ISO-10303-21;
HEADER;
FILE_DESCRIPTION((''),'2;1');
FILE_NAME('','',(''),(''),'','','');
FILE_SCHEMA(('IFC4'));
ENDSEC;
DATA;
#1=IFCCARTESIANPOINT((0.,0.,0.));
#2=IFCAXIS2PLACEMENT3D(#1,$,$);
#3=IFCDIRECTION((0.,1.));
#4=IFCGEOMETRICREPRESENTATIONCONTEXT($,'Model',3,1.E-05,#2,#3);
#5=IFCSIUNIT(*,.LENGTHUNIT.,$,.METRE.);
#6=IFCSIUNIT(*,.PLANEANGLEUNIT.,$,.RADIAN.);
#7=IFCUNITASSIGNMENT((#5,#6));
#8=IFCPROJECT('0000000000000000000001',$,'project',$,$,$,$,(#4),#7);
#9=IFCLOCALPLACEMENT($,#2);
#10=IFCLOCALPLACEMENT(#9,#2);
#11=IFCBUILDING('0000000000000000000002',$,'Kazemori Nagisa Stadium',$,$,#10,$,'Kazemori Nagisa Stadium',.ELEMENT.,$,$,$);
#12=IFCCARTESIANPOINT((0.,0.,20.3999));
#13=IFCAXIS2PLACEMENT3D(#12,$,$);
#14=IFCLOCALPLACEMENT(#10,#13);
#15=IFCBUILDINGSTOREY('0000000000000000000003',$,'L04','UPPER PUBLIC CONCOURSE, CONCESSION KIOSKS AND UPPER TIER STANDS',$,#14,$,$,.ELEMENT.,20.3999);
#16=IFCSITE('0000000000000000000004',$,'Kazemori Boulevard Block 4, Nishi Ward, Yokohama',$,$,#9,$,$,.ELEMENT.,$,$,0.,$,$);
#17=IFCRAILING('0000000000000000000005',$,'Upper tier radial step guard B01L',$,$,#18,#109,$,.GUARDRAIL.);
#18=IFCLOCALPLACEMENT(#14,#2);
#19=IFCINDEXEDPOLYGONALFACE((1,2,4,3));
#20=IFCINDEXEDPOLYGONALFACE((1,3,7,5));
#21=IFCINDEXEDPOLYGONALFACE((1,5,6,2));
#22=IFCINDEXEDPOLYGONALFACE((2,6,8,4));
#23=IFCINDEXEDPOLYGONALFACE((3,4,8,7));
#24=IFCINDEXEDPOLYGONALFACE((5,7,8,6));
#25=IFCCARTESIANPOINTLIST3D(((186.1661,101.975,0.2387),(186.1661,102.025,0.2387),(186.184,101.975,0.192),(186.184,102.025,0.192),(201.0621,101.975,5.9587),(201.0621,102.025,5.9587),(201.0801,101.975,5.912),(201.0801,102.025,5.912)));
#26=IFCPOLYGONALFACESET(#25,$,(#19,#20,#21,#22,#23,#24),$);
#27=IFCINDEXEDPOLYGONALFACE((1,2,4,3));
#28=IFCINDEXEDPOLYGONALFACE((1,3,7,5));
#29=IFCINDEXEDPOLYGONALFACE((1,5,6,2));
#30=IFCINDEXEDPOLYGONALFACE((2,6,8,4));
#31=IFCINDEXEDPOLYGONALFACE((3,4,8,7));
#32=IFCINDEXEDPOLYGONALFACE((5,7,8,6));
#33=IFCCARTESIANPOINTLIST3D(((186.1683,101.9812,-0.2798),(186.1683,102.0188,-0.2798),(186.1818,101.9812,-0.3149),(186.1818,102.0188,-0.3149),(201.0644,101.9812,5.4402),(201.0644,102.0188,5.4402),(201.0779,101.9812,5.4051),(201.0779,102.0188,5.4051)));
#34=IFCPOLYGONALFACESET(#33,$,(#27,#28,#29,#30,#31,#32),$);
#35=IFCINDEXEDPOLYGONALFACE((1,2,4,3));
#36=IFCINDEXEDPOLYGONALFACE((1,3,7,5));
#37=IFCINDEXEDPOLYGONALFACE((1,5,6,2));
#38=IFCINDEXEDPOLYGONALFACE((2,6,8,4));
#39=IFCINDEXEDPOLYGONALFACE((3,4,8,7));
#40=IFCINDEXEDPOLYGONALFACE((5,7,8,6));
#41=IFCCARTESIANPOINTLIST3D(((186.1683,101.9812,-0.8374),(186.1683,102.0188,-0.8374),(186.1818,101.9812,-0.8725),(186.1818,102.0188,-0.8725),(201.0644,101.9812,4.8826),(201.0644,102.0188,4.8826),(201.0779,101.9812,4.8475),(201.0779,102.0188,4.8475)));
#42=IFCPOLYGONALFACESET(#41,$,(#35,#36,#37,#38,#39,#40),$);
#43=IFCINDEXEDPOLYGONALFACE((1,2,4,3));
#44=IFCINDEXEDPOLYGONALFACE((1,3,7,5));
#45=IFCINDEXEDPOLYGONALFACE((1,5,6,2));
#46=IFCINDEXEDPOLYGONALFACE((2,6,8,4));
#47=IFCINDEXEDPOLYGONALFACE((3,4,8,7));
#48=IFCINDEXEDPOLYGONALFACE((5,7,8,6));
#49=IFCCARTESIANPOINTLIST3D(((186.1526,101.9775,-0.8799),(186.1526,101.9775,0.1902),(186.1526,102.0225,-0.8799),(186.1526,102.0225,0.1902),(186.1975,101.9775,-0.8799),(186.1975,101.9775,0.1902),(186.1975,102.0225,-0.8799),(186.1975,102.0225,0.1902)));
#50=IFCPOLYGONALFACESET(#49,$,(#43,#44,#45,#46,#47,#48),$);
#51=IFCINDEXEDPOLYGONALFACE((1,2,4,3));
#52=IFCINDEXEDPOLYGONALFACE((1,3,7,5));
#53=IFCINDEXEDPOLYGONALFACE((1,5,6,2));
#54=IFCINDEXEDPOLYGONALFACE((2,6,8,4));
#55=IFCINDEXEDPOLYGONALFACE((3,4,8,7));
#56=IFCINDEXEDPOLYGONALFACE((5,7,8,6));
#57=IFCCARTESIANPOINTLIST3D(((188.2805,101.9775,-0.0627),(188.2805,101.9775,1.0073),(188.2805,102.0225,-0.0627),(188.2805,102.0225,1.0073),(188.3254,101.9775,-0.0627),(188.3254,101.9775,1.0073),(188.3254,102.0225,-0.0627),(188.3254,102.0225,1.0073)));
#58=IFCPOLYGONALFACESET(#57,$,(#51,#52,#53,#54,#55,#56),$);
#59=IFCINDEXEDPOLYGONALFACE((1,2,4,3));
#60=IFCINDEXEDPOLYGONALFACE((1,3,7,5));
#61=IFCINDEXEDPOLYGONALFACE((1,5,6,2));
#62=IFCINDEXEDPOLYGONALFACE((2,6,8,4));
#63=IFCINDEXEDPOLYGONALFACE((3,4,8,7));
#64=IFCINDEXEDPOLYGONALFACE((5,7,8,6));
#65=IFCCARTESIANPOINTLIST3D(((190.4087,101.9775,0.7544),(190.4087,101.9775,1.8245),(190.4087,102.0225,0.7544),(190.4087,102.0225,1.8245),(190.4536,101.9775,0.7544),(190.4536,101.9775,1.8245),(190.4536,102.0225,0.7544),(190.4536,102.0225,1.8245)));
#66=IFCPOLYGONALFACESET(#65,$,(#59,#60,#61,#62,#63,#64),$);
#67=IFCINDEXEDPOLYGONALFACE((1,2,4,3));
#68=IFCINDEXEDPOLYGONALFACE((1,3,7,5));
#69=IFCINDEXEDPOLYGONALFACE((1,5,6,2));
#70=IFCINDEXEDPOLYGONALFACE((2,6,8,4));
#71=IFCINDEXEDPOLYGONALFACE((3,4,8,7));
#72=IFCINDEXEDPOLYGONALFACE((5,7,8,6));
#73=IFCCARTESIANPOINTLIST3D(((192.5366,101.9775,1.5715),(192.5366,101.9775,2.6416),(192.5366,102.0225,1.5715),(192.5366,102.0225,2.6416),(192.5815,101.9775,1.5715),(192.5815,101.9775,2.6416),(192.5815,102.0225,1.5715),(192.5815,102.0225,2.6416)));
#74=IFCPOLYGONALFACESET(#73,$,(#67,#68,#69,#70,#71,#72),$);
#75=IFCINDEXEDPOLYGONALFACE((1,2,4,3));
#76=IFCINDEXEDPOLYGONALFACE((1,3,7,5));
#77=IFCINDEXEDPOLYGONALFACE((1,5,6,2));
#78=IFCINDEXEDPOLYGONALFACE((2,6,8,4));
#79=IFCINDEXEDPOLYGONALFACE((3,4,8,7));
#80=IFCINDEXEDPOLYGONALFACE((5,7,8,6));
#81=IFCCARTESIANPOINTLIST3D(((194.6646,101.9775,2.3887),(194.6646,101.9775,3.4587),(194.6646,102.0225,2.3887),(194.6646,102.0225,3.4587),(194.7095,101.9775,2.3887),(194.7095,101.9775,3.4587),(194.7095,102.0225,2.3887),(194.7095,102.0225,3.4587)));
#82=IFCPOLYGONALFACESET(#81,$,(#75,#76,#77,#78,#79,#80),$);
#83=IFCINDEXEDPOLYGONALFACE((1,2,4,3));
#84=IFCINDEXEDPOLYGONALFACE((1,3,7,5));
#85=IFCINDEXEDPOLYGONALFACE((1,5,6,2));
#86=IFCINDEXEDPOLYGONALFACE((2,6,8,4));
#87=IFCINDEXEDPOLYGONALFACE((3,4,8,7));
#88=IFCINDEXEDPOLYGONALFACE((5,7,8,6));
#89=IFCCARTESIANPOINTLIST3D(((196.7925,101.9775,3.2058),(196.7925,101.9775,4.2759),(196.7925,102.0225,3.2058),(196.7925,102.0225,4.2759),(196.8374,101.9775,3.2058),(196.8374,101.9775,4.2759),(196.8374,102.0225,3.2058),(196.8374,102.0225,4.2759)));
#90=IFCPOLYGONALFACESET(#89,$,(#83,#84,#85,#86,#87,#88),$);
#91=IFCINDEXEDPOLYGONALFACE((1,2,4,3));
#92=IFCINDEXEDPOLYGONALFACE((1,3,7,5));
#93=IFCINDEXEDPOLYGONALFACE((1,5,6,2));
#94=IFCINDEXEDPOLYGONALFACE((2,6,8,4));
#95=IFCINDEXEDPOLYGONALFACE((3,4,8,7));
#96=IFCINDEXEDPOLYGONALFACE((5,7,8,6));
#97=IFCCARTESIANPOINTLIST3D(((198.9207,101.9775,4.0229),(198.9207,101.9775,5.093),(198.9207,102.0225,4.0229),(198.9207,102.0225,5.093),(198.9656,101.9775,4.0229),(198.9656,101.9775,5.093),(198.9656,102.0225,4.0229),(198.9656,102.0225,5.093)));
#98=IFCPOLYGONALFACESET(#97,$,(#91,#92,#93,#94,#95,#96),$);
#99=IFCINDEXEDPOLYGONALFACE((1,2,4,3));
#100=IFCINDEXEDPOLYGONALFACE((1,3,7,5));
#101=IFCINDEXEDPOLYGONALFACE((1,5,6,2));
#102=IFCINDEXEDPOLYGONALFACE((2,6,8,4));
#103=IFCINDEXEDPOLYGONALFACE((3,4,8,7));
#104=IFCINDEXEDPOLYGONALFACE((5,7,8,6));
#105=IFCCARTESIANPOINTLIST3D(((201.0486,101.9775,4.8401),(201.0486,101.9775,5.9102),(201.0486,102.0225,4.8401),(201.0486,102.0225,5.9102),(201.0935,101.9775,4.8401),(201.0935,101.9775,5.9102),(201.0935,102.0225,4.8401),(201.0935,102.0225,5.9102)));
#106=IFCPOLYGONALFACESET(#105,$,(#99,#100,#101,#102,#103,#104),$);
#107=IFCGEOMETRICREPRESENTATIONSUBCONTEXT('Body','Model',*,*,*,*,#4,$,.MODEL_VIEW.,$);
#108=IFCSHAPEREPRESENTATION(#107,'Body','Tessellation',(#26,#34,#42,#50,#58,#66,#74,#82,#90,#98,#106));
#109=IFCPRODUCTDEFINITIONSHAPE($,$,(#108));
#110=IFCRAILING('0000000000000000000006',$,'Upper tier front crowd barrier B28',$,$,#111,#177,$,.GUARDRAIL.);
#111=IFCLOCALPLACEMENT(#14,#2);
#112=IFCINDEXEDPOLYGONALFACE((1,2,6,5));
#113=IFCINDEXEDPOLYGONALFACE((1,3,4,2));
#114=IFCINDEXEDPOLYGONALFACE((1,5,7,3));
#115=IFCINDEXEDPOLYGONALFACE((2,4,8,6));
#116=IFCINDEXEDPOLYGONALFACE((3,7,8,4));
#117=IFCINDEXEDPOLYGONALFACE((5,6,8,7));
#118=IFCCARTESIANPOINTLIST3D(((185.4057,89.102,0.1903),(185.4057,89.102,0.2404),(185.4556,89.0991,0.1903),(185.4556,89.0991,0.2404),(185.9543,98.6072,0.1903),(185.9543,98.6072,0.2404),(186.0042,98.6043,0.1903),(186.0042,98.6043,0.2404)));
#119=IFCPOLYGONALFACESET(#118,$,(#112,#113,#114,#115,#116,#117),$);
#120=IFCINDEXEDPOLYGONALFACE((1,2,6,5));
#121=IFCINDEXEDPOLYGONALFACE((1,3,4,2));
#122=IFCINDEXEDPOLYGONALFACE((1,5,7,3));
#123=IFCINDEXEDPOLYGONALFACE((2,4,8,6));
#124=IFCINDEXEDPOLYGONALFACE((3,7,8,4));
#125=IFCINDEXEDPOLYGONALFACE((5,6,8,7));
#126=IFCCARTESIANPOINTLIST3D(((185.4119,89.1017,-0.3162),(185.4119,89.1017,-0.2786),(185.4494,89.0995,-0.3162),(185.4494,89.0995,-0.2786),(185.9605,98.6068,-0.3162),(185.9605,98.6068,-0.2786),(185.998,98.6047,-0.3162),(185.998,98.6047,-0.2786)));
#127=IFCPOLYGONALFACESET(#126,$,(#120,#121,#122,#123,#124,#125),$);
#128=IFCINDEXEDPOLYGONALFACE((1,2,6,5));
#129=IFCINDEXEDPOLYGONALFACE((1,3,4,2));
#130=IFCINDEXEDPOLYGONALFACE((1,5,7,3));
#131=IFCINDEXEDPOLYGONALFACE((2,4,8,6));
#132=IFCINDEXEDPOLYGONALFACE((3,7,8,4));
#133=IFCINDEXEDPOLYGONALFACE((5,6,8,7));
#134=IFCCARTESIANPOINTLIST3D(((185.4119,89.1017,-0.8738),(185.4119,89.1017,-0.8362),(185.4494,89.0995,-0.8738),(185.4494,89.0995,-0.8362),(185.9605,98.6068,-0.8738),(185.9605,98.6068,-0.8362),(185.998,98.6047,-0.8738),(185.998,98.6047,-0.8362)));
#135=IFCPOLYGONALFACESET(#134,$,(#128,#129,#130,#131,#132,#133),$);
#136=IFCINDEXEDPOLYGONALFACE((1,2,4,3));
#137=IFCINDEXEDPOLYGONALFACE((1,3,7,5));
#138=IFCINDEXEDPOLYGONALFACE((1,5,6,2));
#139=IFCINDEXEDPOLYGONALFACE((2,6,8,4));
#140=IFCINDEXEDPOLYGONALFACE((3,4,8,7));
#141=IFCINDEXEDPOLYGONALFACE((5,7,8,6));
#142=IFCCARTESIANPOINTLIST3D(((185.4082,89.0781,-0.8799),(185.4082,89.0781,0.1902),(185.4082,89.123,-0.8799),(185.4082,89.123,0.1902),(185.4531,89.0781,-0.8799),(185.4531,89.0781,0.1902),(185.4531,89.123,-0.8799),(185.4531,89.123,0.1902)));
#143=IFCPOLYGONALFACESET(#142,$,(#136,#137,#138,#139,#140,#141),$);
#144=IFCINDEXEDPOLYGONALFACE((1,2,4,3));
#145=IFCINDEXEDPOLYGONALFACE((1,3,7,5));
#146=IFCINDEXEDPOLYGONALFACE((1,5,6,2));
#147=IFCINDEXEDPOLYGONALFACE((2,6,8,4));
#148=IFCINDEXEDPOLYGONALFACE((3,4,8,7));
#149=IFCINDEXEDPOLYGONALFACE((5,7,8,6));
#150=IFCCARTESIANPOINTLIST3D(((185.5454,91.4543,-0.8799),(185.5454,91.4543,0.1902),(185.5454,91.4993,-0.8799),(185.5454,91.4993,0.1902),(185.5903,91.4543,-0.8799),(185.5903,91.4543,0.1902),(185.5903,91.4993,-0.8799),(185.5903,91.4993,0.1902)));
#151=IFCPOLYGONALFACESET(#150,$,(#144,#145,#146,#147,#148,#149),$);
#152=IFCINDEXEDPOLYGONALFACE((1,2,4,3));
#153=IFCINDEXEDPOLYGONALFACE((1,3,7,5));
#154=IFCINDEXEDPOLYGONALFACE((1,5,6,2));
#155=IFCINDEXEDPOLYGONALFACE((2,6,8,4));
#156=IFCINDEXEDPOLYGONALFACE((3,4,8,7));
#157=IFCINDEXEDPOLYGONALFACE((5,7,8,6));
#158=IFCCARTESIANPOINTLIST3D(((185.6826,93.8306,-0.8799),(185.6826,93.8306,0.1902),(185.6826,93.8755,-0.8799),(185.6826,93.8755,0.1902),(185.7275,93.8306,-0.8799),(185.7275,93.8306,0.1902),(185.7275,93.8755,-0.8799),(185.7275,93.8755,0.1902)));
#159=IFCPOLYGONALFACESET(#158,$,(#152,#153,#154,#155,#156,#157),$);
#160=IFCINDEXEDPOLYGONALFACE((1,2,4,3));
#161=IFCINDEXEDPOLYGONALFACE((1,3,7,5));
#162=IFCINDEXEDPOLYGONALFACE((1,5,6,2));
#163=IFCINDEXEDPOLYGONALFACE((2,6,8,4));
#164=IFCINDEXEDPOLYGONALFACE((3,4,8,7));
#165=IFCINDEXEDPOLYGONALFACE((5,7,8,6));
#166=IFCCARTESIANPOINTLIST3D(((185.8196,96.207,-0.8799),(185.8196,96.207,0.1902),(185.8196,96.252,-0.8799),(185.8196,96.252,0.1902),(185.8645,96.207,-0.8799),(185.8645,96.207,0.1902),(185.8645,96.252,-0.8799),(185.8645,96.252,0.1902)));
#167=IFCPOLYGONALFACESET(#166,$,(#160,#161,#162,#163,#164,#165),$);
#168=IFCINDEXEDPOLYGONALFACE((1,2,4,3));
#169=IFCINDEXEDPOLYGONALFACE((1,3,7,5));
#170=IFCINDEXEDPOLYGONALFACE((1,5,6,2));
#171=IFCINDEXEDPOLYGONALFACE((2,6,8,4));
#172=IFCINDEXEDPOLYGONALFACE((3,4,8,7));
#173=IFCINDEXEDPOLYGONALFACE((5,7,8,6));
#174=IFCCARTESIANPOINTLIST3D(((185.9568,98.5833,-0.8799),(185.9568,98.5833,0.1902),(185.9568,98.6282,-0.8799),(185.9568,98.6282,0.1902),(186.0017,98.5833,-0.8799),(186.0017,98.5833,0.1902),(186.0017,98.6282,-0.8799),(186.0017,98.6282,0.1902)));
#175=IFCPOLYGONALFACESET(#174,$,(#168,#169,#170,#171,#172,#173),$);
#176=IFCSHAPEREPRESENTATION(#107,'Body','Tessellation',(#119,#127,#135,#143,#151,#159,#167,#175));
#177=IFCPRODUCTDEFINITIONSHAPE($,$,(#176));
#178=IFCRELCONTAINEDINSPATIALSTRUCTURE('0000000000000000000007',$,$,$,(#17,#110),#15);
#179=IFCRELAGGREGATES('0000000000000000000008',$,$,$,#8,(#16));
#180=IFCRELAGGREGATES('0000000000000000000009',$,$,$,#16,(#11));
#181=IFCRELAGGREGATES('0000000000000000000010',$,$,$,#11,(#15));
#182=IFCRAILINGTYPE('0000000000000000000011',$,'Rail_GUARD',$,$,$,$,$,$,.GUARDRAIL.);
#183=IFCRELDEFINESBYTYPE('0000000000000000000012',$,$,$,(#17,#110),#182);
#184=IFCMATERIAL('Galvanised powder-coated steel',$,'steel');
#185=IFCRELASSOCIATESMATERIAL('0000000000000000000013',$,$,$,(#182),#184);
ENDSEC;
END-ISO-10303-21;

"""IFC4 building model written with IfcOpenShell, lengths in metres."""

from ifc_helpers import new_model, si_unit, direction, frame, origin, origin_2d, place, context, subcontext, project, spatial, rectangle, extrude, material, type_object, element, save


model = new_model("IFC4")

# Units and contexts
model_context = context("Model", 3, precision=1e-05, world=origin(), true_north=direction((0.0, 1.0)))
body_context = subcontext(model_context, "Body", "Model", "MODEL_VIEW")
ifc_project = project(units=[si_unit("LENGTHUNIT", "METRE"), si_unit("PLANEANGLEUNIT", "RADIAN")], contexts=[model_context])

# Site, building, storey
site_placement = place(None, origin())
site = spatial("IfcSite", under=ifc_project, at=site_placement, Name="Kazemori Boulevard Block 4, Nishi Ward, Yokohama", CompositionType="ELEMENT", RefElevation=0.0)
building_placement = place(site_placement, origin())
building = spatial("IfcBuilding", under=site, at=building_placement, Name="Kazemori Nagisa Stadium", LongName="Kazemori Nagisa Stadium", CompositionType="ELEMENT")
storey_placement = place(building_placement, frame((0.0, 0.0, 20.3999)))
storey = spatial("IfcBuildingStorey", under=building, at=storey_placement, Name="L04", Description="UPPER PUBLIC CONCOURSE, CONCESSION KIOSKS AND UPPER TIER STANDS", CompositionType="ELEMENT", Elevation=20.3999)

# Railings
ifc_material_1 = material(Name="Galvanised powder-coated steel", Category="steel")
railing_type = type_object("IfcRailingType", Name="Rail_GUARD", PredefinedType="GUARDRAIL", material=ifc_material_1)
railing_1_placement = place(storey_placement, frame((186.175, 102.0, -0.8799)))
element("IfcRailing", 1, at=railing_1_placement, inside=storey, type_object=railing_type, Name="Upper tier radial step guard B01L", PredefinedType="GUARDRAIL", context=body_context, shape_type="SweptSolid", body=[
    extrude(rectangle(XDim=0.05, YDim=0.05, at=origin_2d()), frame((0.0, 0.0, 1.0952), z_axis=(0.93354, 0.0, 0.358474), x_axis=(0.0, 1.0, 0.0)), (0.0, 0.0, 1.0), 15.9565),
    extrude(rectangle(XDim=0.0376, YDim=0.0376, at=origin_2d()), frame((0.0, 0.0, 0.5825), z_axis=(0.93354, 0.0, 0.358474), x_axis=(0.0, 1.0, 0.0)), (0.0, 0.0, 1.0), 15.9565),
    extrude(rectangle(XDim=0.0376, YDim=0.0376, at=origin_2d()), frame((0.0, 0.0, 0.0249), z_axis=(0.93354, 0.0, 0.358474), x_axis=(0.0, 1.0, 0.0)), (0.0, 0.0, 1.0), 15.9565),
    extrude(rectangle(XDim=0.0449, YDim=0.0449, at=origin_2d()), origin(), (0.0, 0.0, 1.0), 1.0701),
    extrude(rectangle(XDim=0.0449, YDim=0.0449, at=origin_2d()), frame((2.1279, 0.0, 0.8171)), (0.0, 0.0, 1.0), 1.0701),
    extrude(rectangle(XDim=0.0449, YDim=0.0449, at=origin_2d()), frame((4.2561, 0.0, 1.6343)), (0.0, 0.0, 1.0), 1.0701),
    extrude(rectangle(XDim=0.0449, YDim=0.0449, at=origin_2d()), frame((6.384, 0.0, 2.4514)), (0.0, 0.0, 1.0), 1.0701),
    extrude(rectangle(XDim=0.0449, YDim=0.0449, at=origin_2d()), frame((8.512, 0.0, 3.2686)), (0.0, 0.0, 1.0), 1.0701),
    extrude(rectangle(XDim=0.0449, YDim=0.0449, at=origin_2d()), frame((10.6399, 0.0, 4.0857)), (0.0, 0.0, 1.0), 1.0701),
    extrude(rectangle(XDim=0.0449, YDim=0.0449, at=origin_2d()), frame((12.7681, 0.0, 4.9028)), (0.0, 0.0, 1.0), 1.0701),
    extrude(rectangle(XDim=0.0449, YDim=0.0449, at=origin_2d()), frame((14.896, 0.0, 5.72)), (0.0, 0.0, 1.0), 1.0701),
])
railing_2_placement = place(storey_placement, frame((185.4307, 89.1006, -0.8799)))
element("IfcRailing", 2, at=railing_2_placement, inside=storey, type_object=railing_type, Name="Upper tier front crowd barrier B28", PredefinedType="GUARDRAIL", context=body_context, shape_type="SweptSolid", body=[
    extrude(rectangle(XDim=0.05, YDim=0.05, at=origin_2d()), frame((0.0, 0.0, 1.0952), z_axis=(0.057619, 0.998339, 0.0), x_axis=(-0.998339, 0.057619, 0.0)), (0.0, 0.0, 1.0), 9.521),
    extrude(rectangle(XDim=0.0376, YDim=0.0376, at=origin_2d()), frame((0.0, 0.0, 0.5825), z_axis=(0.057619, 0.998339, 0.0), x_axis=(-0.998339, 0.057619, 0.0)), (0.0, 0.0, 1.0), 9.521),
    extrude(rectangle(XDim=0.0376, YDim=0.0376, at=origin_2d()), frame((0.0, 0.0, 0.0249), z_axis=(0.057619, 0.998339, 0.0), x_axis=(-0.998339, 0.057619, 0.0)), (0.0, 0.0, 1.0), 9.521),
    extrude(rectangle(XDim=0.0449, YDim=0.0449, at=origin_2d()), origin(), (0.0, 0.0, 1.0), 1.0701),
    extrude(rectangle(XDim=0.0449, YDim=0.0449, at=origin_2d()), frame((0.1372, 2.3762, 0.0)), (0.0, 0.0, 1.0), 1.0701),
    extrude(rectangle(XDim=0.0449, YDim=0.0449, at=origin_2d()), frame((0.2744, 4.7524, 0.0)), (0.0, 0.0, 1.0), 1.0701),
    extrude(rectangle(XDim=0.0449, YDim=0.0449, at=origin_2d()), frame((0.4114, 7.1289, 0.0)), (0.0, 0.0, 1.0), 1.0701),
    extrude(rectangle(XDim=0.0449, YDim=0.0449, at=origin_2d()), frame((0.5486, 9.5051, 0.0)), (0.0, 0.0, 1.0), 1.0701),
])

save(model, "model.ifc")
